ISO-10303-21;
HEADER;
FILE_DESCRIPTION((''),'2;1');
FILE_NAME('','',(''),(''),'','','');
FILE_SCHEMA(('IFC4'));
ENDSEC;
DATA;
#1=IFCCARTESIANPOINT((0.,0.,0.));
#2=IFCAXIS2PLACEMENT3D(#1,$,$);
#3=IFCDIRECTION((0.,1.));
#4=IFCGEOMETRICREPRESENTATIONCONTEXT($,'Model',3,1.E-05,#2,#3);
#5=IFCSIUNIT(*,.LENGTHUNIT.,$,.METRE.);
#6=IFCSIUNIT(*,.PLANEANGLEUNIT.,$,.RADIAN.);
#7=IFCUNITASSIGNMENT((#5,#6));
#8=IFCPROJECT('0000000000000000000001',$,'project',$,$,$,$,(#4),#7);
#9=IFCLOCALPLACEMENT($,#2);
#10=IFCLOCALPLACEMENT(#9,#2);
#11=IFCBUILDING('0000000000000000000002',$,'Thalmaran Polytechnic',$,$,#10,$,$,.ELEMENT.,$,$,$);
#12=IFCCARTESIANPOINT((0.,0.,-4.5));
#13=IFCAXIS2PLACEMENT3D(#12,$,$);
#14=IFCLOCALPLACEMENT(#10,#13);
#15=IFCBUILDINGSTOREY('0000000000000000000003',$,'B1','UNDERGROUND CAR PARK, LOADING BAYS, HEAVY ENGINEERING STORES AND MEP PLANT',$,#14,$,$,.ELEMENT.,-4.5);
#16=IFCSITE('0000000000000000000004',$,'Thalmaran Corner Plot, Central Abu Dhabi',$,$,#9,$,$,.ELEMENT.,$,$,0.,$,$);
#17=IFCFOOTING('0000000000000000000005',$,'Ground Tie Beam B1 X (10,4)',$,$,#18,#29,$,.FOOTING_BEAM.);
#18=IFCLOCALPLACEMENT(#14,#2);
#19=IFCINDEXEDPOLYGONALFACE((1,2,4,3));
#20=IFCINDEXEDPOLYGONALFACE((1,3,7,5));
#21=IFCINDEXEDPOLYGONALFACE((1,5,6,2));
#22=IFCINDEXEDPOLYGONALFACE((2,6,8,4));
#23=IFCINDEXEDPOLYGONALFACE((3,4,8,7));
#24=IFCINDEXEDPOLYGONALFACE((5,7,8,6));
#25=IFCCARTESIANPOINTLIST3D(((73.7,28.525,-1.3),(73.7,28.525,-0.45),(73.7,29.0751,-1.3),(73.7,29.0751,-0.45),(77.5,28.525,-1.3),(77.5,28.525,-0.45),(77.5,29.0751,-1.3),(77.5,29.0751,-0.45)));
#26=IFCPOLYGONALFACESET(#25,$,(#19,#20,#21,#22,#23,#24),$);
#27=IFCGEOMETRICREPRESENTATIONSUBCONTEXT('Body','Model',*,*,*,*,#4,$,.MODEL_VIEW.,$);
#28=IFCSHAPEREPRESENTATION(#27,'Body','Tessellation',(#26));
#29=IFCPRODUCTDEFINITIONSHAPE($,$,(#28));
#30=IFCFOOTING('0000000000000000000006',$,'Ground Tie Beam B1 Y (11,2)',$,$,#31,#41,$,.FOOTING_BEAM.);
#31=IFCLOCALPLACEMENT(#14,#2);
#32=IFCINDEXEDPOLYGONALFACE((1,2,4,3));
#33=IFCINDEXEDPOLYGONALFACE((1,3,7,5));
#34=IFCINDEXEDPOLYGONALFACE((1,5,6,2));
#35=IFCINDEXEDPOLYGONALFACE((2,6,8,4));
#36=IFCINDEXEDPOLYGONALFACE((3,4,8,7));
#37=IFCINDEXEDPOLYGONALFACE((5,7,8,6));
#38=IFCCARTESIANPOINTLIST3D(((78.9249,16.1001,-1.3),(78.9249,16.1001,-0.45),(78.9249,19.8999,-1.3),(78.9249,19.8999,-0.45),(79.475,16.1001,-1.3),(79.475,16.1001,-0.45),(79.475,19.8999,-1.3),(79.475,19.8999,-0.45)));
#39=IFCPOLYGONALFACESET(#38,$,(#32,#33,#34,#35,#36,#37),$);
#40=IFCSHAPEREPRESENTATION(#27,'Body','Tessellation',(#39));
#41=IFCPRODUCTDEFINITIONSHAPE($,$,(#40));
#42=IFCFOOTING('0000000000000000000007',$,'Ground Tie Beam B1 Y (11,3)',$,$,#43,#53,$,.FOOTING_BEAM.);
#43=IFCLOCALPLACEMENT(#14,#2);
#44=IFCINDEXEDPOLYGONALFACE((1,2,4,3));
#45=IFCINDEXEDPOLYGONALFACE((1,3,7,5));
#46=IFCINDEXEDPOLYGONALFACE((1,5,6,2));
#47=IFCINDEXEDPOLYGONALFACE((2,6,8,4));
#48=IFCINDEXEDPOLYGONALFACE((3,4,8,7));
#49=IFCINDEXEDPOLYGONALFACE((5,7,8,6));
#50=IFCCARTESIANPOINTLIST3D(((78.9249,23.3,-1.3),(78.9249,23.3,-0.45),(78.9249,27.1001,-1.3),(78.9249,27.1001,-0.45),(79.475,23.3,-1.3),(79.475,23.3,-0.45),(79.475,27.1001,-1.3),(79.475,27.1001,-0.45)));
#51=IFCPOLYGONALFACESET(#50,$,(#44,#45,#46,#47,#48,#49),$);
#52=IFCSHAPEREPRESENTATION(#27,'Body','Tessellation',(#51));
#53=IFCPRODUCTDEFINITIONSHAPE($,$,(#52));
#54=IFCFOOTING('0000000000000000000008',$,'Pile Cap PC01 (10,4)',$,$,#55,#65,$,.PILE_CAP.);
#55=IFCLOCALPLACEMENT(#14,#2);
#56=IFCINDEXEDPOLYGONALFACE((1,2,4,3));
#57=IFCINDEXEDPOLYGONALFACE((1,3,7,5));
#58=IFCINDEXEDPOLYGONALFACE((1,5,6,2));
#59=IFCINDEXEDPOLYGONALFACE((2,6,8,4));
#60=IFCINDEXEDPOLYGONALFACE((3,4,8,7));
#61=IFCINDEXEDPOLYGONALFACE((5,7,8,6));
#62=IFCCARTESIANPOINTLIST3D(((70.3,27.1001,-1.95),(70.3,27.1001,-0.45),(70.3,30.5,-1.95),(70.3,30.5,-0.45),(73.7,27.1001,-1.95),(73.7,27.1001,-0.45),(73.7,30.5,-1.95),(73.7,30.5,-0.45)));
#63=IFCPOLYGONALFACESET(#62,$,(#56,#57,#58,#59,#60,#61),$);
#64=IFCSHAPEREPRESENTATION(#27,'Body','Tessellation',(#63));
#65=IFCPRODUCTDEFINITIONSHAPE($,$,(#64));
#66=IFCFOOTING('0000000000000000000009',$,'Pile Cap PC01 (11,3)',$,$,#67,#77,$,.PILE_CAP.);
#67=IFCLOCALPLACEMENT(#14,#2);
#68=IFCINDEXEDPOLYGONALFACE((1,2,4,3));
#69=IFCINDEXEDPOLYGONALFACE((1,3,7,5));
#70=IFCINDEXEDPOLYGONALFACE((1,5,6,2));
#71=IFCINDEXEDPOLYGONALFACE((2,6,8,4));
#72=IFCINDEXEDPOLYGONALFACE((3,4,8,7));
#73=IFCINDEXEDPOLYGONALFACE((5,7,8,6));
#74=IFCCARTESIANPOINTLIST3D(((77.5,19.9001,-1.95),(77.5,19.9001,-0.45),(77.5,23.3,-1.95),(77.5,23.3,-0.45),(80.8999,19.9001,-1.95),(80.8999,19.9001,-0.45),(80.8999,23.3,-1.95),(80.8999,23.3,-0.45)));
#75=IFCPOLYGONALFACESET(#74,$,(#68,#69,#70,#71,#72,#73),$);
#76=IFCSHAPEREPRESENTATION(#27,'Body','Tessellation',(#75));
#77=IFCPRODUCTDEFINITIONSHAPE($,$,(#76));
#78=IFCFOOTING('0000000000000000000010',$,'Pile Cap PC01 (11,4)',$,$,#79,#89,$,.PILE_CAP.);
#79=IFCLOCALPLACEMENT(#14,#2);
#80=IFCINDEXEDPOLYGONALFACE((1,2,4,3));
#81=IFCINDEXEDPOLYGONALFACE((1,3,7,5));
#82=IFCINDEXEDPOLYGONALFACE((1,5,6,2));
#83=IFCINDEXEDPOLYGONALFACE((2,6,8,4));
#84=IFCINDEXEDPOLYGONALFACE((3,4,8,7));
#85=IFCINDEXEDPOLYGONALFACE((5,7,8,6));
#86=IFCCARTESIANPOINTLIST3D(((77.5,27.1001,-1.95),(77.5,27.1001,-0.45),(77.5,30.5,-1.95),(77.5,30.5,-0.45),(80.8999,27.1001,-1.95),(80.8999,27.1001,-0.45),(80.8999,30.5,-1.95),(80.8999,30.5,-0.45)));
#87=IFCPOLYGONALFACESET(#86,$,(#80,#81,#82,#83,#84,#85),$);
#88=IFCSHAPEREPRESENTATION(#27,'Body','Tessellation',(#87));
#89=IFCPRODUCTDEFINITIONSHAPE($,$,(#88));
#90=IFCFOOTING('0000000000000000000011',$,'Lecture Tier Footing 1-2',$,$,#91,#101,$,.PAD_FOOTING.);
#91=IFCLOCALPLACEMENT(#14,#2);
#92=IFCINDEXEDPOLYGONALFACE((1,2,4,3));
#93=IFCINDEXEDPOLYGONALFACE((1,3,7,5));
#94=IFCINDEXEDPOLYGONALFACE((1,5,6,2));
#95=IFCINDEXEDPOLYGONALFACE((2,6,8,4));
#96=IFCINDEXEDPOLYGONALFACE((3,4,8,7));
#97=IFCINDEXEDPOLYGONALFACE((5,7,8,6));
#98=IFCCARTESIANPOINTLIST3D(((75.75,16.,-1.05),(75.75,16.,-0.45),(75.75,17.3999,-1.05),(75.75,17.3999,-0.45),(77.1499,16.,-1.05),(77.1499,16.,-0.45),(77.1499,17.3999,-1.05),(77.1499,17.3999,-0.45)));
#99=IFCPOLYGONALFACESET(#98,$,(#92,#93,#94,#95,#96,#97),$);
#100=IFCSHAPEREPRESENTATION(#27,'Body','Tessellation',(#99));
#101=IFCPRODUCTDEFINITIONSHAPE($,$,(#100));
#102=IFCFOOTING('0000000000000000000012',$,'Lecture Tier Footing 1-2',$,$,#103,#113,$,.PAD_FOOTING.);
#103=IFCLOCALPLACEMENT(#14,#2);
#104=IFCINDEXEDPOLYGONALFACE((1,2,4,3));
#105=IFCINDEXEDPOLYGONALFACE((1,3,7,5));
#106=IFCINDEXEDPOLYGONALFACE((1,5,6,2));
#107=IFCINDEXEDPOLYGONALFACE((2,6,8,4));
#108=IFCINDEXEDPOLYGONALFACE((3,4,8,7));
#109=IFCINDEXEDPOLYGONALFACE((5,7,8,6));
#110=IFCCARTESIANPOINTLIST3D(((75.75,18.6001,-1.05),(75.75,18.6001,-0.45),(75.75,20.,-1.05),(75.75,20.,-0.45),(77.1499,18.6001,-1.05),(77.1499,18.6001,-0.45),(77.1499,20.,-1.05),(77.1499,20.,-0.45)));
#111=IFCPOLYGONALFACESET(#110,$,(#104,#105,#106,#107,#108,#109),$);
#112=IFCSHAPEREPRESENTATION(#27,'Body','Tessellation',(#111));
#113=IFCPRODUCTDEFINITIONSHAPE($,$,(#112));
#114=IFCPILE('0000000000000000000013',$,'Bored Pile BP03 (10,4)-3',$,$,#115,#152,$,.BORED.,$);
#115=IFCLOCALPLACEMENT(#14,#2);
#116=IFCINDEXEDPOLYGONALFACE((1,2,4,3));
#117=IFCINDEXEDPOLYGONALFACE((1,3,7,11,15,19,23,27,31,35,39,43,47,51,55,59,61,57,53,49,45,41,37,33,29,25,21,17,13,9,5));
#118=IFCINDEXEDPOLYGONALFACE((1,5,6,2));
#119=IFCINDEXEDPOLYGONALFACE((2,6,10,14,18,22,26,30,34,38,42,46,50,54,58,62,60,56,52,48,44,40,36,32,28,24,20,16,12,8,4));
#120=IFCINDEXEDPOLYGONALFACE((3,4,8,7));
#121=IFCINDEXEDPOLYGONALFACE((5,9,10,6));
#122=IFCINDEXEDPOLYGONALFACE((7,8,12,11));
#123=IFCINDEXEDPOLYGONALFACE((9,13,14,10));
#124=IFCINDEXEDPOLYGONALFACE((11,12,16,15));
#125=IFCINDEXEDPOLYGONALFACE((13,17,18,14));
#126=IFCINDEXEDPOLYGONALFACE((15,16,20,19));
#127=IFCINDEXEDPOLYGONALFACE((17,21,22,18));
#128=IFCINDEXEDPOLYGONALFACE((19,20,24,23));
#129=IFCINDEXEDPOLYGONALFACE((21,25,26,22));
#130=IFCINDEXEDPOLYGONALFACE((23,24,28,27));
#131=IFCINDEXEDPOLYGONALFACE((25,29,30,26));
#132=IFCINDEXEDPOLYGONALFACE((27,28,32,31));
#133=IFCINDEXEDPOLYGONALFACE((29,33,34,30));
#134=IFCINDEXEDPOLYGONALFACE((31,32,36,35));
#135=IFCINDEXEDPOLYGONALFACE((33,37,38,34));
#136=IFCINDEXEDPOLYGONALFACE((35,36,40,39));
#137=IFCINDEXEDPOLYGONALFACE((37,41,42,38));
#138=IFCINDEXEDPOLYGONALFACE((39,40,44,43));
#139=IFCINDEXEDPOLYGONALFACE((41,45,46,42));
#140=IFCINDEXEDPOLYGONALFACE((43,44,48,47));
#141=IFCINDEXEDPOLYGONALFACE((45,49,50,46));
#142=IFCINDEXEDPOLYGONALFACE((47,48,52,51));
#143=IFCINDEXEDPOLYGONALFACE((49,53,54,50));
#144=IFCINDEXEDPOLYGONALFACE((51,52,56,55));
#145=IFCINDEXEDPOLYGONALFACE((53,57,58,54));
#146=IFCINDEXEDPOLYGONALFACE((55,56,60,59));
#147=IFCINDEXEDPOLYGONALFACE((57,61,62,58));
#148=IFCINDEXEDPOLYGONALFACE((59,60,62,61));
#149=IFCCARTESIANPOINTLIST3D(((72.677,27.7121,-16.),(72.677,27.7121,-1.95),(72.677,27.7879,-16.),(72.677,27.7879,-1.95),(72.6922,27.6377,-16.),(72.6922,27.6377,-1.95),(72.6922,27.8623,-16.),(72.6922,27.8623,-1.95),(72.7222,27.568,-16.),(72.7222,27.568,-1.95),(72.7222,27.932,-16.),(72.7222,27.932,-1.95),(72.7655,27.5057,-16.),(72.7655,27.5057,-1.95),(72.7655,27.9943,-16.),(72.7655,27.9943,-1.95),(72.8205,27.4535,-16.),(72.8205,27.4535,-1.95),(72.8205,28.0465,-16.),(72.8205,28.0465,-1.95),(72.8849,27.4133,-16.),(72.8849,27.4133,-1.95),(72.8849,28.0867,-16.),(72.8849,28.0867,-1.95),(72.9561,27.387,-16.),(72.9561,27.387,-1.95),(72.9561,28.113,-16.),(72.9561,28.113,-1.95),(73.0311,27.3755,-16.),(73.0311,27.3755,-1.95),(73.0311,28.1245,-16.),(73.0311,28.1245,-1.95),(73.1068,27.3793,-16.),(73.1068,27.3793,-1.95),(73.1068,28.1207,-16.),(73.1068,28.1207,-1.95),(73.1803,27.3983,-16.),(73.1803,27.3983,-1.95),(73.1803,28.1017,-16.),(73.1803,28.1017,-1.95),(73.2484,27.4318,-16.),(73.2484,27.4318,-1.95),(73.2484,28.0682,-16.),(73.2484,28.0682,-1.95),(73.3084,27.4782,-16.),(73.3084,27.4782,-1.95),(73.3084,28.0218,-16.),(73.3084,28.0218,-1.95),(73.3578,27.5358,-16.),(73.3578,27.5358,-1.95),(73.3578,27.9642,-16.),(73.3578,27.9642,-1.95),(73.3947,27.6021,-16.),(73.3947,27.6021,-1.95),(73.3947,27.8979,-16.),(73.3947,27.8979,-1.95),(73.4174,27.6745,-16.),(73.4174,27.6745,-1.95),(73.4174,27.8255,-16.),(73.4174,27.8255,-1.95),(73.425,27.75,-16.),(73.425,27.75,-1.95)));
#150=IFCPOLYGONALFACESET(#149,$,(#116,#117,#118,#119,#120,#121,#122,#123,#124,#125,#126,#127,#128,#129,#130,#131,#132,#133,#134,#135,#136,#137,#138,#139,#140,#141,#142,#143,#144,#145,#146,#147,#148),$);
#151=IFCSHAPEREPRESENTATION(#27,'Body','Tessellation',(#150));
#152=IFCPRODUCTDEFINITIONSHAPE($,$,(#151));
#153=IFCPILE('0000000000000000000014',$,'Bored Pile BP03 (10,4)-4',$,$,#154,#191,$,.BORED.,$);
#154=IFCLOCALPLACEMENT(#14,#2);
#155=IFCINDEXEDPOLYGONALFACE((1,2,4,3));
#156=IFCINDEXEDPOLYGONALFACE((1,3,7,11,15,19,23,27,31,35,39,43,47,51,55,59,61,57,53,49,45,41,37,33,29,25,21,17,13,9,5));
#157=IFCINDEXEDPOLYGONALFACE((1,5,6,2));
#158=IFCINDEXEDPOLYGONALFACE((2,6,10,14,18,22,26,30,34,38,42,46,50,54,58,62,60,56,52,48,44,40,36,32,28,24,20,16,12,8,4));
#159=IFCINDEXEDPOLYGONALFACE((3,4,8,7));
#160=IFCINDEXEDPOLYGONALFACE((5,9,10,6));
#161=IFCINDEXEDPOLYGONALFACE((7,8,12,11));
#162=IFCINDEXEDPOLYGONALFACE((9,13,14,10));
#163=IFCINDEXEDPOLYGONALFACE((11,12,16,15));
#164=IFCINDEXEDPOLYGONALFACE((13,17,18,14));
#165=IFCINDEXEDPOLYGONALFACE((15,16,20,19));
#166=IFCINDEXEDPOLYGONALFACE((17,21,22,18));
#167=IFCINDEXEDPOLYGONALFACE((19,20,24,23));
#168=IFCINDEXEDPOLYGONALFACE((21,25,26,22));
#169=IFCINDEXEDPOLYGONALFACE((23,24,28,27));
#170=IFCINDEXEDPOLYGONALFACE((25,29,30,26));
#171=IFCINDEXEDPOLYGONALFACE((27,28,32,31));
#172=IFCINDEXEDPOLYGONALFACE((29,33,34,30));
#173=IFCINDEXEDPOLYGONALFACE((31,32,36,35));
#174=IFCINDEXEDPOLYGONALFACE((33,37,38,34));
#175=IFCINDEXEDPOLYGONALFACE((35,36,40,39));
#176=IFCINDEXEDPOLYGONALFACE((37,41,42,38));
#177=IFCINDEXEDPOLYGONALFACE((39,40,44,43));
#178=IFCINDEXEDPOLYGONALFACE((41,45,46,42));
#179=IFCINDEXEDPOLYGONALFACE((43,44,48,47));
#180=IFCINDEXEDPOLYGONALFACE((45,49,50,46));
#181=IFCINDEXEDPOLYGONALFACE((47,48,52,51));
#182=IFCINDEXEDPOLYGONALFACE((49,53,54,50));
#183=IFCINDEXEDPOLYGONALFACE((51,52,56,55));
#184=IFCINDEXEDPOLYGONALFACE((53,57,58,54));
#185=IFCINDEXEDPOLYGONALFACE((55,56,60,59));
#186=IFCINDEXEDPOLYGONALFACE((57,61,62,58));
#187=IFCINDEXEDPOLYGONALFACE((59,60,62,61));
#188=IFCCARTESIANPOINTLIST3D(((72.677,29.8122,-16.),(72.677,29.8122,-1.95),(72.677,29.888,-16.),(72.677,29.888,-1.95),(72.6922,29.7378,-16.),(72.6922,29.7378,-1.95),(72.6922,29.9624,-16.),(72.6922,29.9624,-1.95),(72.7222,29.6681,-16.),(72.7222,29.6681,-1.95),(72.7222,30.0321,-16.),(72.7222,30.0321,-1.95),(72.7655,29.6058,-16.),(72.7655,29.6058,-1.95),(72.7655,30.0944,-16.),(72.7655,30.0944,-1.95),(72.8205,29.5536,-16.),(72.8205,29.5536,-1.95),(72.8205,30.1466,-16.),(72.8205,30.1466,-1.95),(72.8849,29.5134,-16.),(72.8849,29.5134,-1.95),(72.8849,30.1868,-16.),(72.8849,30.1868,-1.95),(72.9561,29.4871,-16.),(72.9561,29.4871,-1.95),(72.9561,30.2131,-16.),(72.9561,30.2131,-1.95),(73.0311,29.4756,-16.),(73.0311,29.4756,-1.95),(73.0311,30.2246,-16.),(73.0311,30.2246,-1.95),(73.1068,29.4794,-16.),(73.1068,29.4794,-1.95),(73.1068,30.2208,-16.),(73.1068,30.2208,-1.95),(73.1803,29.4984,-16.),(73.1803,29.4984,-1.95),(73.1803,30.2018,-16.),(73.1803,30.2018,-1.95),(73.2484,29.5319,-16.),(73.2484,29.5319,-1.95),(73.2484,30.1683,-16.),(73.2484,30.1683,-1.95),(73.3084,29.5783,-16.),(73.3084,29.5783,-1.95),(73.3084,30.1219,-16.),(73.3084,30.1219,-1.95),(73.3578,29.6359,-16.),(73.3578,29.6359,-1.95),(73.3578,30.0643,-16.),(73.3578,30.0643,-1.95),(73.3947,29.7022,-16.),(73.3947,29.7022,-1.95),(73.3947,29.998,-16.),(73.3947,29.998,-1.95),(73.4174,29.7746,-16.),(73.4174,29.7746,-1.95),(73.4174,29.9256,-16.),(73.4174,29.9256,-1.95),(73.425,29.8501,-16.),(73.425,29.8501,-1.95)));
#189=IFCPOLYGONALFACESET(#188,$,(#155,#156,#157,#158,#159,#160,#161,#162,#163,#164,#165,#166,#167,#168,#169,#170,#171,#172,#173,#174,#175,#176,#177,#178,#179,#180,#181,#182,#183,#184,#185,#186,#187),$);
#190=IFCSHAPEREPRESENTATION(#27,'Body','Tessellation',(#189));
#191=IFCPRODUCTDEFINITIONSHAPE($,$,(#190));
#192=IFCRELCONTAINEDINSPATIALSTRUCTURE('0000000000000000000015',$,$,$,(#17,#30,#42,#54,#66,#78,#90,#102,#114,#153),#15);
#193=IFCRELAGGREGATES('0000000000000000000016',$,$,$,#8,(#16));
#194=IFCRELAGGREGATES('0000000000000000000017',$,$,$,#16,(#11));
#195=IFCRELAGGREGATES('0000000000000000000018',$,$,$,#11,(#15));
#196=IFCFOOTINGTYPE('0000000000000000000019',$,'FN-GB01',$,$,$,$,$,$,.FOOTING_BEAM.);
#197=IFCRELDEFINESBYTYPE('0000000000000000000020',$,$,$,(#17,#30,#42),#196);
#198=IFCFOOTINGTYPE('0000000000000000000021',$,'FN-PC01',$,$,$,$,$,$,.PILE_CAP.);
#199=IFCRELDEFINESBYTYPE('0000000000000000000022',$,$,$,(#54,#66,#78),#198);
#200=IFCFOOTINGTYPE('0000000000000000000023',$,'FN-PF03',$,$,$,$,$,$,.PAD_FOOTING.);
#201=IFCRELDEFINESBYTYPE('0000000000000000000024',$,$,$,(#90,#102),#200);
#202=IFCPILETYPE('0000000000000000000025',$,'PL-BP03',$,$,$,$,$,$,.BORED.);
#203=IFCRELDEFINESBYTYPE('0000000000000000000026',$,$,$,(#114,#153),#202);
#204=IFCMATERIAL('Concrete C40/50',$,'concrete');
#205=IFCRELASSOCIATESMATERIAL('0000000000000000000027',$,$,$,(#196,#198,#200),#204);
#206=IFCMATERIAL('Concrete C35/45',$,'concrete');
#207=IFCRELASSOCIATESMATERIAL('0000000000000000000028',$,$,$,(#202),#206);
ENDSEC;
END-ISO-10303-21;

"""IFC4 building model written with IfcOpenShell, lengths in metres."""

from ifc_helpers import new_model, si_unit, direction, frame, origin, origin_2d, place, context, subcontext, project, spatial, rectangle, circle, extrude, material, material_profile, profile_set, type_object, element, save


model = new_model("IFC4")

# Units and contexts
model_context = context("Model", 3, precision=1e-05, world=origin(), true_north=direction((0.0, 1.0)))
body_context = subcontext(model_context, "Body", "Model", "MODEL_VIEW")
ifc_project = project(units=[si_unit("LENGTHUNIT", "METRE"), si_unit("PLANEANGLEUNIT", "RADIAN")], contexts=[model_context])

# Site, building, storey
site_placement = place(None, origin())
site = spatial("IfcSite", under=ifc_project, at=site_placement, Name="Thalmaran Corner Plot, Central Abu Dhabi", CompositionType="ELEMENT", RefElevation=0.0)
building_placement = place(site_placement, origin())
building = spatial("IfcBuilding", under=site, at=building_placement, Name="Thalmaran Polytechnic", CompositionType="ELEMENT")
storey_placement = place(building_placement, frame((0.0, 0.0, -4.5)))
storey = spatial("IfcBuildingStorey", under=building, at=storey_placement, Name="B1", Description="UNDERGROUND CAR PARK, LOADING BAYS, HEAVY ENGINEERING STORES AND MEP PLANT", CompositionType="ELEMENT", Elevation=-4.5)

# Footings
ifc_material_1 = material(Name="Concrete C40/50", Category="concrete")
ifc_material_profile_1 = material_profile(ifc_material_1, rectangle(XDim=0.55, YDim=0.8501, at=origin_2d()), Name="RC 550x850")
ifc_profile_set_1 = profile_set([ifc_material_profile_1], Name="Concrete C40/50")
footing_type_1 = type_object("IfcFootingType", Name="FN-GB01", PredefinedType="FOOTING_BEAM", material=ifc_profile_set_1)
footing_1_placement = place(storey_placement, frame((73.7, 28.8, -0.875), z_axis=(1.0, 0.0, 0.0), x_axis=(0.0, 1.0, 0.0)))
element("IfcFooting", 1, at=footing_1_placement, inside=storey, type_object=footing_type_1, Name="Ground Tie Beam B1 X (10,4)", PredefinedType="FOOTING_BEAM", context=body_context, shape_type="SweptSolid", body=[
    extrude(rectangle(XDim=0.55, YDim=0.8501, at=origin_2d()), origin(), (0.0, 0.0, 1.0), 3.8),
])
footing_2_placement = place(storey_placement, frame((79.2, 16.1001, -0.875), z_axis=(0.0, 1.0, 0.0), x_axis=(-1.0, 0.0, 0.0)))
element("IfcFooting", 2, at=footing_2_placement, inside=storey, type_object=footing_type_1, Name="Ground Tie Beam B1 Y (11,2)", PredefinedType="FOOTING_BEAM", context=body_context, shape_type="SweptSolid", body=[
    extrude(rectangle(XDim=0.55, YDim=0.8501, at=origin_2d()), origin(), (0.0, 0.0, 1.0), 3.7998),
])
footing_3_placement = place(storey_placement, frame((79.2, 23.3, -0.875), z_axis=(0.0, 1.0, 0.0), x_axis=(-1.0, 0.0, 0.0)))
element("IfcFooting", 3, at=footing_3_placement, inside=storey, type_object=footing_type_1, Name="Ground Tie Beam B1 Y (11,3)", PredefinedType="FOOTING_BEAM", context=body_context, shape_type="SweptSolid", body=[
    extrude(rectangle(XDim=0.55, YDim=0.8501, at=origin_2d()), origin(), (0.0, 0.0, 1.0), 3.8),
])
footing_type_2 = type_object("IfcFootingType", Name="FN-PC01", PredefinedType="PILE_CAP", material=ifc_material_1)
for number, where, z_axis, x_axis, name in (
    (4, (72.0, 28.8, -1.95), (0.0, 0.0, 1.0), (1.0, 0.0, 0.0), "Pile Cap PC01 (10,4)"),
    (5, (79.2, 21.6001, -1.95), (0.0, 0.0, 1.0), (1.0, 0.0, 0.0), "Pile Cap PC01 (11,3)"),
    (6, (79.2, 28.8, -1.95), (0.0, 0.0, 1.0), (1.0, 0.0, 0.0), "Pile Cap PC01 (11,4)"),
):
    element("IfcFooting", number, at=place(storey_placement, frame(where, z_axis=z_axis, x_axis=x_axis)), inside=storey, type_object=footing_type_2, Name=name, PredefinedType="PILE_CAP", context=body_context, shape_type="SweptSolid", body=[
        extrude(rectangle(XDim=3.3999, YDim=3.3999, at=origin_2d()), origin(), (0.0, 0.0, 1.0), 1.5),
    ])
footing_type_3 = type_object("IfcFootingType", Name="FN-PF03", PredefinedType="PAD_FOOTING", material=ifc_material_1)
for number, where, z_axis, x_axis, name in (
    (7, (76.45, 16.7, -1.05), (0.0, 0.0, 1.0), (1.0, 0.0, 0.0), "Lecture Tier Footing 1-2"),
    (8, (76.45, 19.3, -1.05), (0.0, 0.0, 1.0), (1.0, 0.0, 0.0), "Lecture Tier Footing 1-2"),
):
    element("IfcFooting", number, at=place(storey_placement, frame(where, z_axis=z_axis, x_axis=x_axis)), inside=storey, type_object=footing_type_3, Name=name, PredefinedType="PAD_FOOTING", context=body_context, shape_type="SweptSolid", body=[
        extrude(rectangle(XDim=1.3999, YDim=1.3999, at=origin_2d()), origin(), (0.0, 0.0, 1.0), 0.6001),
    ])

# Piles
ifc_material_2 = material(Name="Concrete C35/45", Category="concrete")
ifc_material_profile_2 = material_profile(ifc_material_2, circle(Radius=0.375, at=origin_2d()), Name="RC 750 DIA")
ifc_profile_set_2 = profile_set([ifc_material_profile_2], Name="Concrete C35/45")
pile_type = type_object("IfcPileType", Name="PL-BP03", PredefinedType="BORED", material=ifc_profile_set_2)
for number, where, z_axis, x_axis, name in (
    (9, (73.05, 27.75, -1.95), (0.0, 0.0, -1.0), (1.0, 0.0, 0.0), "Bored Pile BP03 (10,4)-3"),
    (10, (73.05, 29.8501, -1.95), (0.0, 0.0, -1.0), (1.0, 0.0, 0.0), "Bored Pile BP03 (10,4)-4"),
):
    element("IfcPile", number, at=place(storey_placement, frame(where, z_axis=z_axis, x_axis=x_axis)), inside=storey, type_object=pile_type, Name=name, PredefinedType="BORED", context=body_context, shape_type="SweptSolid", body=[
        extrude(circle(Radius=0.375, at=origin_2d()), origin(), (0.0, 0.0, 1.0), 14.05),
    ])

save(model, "model.ifc")
